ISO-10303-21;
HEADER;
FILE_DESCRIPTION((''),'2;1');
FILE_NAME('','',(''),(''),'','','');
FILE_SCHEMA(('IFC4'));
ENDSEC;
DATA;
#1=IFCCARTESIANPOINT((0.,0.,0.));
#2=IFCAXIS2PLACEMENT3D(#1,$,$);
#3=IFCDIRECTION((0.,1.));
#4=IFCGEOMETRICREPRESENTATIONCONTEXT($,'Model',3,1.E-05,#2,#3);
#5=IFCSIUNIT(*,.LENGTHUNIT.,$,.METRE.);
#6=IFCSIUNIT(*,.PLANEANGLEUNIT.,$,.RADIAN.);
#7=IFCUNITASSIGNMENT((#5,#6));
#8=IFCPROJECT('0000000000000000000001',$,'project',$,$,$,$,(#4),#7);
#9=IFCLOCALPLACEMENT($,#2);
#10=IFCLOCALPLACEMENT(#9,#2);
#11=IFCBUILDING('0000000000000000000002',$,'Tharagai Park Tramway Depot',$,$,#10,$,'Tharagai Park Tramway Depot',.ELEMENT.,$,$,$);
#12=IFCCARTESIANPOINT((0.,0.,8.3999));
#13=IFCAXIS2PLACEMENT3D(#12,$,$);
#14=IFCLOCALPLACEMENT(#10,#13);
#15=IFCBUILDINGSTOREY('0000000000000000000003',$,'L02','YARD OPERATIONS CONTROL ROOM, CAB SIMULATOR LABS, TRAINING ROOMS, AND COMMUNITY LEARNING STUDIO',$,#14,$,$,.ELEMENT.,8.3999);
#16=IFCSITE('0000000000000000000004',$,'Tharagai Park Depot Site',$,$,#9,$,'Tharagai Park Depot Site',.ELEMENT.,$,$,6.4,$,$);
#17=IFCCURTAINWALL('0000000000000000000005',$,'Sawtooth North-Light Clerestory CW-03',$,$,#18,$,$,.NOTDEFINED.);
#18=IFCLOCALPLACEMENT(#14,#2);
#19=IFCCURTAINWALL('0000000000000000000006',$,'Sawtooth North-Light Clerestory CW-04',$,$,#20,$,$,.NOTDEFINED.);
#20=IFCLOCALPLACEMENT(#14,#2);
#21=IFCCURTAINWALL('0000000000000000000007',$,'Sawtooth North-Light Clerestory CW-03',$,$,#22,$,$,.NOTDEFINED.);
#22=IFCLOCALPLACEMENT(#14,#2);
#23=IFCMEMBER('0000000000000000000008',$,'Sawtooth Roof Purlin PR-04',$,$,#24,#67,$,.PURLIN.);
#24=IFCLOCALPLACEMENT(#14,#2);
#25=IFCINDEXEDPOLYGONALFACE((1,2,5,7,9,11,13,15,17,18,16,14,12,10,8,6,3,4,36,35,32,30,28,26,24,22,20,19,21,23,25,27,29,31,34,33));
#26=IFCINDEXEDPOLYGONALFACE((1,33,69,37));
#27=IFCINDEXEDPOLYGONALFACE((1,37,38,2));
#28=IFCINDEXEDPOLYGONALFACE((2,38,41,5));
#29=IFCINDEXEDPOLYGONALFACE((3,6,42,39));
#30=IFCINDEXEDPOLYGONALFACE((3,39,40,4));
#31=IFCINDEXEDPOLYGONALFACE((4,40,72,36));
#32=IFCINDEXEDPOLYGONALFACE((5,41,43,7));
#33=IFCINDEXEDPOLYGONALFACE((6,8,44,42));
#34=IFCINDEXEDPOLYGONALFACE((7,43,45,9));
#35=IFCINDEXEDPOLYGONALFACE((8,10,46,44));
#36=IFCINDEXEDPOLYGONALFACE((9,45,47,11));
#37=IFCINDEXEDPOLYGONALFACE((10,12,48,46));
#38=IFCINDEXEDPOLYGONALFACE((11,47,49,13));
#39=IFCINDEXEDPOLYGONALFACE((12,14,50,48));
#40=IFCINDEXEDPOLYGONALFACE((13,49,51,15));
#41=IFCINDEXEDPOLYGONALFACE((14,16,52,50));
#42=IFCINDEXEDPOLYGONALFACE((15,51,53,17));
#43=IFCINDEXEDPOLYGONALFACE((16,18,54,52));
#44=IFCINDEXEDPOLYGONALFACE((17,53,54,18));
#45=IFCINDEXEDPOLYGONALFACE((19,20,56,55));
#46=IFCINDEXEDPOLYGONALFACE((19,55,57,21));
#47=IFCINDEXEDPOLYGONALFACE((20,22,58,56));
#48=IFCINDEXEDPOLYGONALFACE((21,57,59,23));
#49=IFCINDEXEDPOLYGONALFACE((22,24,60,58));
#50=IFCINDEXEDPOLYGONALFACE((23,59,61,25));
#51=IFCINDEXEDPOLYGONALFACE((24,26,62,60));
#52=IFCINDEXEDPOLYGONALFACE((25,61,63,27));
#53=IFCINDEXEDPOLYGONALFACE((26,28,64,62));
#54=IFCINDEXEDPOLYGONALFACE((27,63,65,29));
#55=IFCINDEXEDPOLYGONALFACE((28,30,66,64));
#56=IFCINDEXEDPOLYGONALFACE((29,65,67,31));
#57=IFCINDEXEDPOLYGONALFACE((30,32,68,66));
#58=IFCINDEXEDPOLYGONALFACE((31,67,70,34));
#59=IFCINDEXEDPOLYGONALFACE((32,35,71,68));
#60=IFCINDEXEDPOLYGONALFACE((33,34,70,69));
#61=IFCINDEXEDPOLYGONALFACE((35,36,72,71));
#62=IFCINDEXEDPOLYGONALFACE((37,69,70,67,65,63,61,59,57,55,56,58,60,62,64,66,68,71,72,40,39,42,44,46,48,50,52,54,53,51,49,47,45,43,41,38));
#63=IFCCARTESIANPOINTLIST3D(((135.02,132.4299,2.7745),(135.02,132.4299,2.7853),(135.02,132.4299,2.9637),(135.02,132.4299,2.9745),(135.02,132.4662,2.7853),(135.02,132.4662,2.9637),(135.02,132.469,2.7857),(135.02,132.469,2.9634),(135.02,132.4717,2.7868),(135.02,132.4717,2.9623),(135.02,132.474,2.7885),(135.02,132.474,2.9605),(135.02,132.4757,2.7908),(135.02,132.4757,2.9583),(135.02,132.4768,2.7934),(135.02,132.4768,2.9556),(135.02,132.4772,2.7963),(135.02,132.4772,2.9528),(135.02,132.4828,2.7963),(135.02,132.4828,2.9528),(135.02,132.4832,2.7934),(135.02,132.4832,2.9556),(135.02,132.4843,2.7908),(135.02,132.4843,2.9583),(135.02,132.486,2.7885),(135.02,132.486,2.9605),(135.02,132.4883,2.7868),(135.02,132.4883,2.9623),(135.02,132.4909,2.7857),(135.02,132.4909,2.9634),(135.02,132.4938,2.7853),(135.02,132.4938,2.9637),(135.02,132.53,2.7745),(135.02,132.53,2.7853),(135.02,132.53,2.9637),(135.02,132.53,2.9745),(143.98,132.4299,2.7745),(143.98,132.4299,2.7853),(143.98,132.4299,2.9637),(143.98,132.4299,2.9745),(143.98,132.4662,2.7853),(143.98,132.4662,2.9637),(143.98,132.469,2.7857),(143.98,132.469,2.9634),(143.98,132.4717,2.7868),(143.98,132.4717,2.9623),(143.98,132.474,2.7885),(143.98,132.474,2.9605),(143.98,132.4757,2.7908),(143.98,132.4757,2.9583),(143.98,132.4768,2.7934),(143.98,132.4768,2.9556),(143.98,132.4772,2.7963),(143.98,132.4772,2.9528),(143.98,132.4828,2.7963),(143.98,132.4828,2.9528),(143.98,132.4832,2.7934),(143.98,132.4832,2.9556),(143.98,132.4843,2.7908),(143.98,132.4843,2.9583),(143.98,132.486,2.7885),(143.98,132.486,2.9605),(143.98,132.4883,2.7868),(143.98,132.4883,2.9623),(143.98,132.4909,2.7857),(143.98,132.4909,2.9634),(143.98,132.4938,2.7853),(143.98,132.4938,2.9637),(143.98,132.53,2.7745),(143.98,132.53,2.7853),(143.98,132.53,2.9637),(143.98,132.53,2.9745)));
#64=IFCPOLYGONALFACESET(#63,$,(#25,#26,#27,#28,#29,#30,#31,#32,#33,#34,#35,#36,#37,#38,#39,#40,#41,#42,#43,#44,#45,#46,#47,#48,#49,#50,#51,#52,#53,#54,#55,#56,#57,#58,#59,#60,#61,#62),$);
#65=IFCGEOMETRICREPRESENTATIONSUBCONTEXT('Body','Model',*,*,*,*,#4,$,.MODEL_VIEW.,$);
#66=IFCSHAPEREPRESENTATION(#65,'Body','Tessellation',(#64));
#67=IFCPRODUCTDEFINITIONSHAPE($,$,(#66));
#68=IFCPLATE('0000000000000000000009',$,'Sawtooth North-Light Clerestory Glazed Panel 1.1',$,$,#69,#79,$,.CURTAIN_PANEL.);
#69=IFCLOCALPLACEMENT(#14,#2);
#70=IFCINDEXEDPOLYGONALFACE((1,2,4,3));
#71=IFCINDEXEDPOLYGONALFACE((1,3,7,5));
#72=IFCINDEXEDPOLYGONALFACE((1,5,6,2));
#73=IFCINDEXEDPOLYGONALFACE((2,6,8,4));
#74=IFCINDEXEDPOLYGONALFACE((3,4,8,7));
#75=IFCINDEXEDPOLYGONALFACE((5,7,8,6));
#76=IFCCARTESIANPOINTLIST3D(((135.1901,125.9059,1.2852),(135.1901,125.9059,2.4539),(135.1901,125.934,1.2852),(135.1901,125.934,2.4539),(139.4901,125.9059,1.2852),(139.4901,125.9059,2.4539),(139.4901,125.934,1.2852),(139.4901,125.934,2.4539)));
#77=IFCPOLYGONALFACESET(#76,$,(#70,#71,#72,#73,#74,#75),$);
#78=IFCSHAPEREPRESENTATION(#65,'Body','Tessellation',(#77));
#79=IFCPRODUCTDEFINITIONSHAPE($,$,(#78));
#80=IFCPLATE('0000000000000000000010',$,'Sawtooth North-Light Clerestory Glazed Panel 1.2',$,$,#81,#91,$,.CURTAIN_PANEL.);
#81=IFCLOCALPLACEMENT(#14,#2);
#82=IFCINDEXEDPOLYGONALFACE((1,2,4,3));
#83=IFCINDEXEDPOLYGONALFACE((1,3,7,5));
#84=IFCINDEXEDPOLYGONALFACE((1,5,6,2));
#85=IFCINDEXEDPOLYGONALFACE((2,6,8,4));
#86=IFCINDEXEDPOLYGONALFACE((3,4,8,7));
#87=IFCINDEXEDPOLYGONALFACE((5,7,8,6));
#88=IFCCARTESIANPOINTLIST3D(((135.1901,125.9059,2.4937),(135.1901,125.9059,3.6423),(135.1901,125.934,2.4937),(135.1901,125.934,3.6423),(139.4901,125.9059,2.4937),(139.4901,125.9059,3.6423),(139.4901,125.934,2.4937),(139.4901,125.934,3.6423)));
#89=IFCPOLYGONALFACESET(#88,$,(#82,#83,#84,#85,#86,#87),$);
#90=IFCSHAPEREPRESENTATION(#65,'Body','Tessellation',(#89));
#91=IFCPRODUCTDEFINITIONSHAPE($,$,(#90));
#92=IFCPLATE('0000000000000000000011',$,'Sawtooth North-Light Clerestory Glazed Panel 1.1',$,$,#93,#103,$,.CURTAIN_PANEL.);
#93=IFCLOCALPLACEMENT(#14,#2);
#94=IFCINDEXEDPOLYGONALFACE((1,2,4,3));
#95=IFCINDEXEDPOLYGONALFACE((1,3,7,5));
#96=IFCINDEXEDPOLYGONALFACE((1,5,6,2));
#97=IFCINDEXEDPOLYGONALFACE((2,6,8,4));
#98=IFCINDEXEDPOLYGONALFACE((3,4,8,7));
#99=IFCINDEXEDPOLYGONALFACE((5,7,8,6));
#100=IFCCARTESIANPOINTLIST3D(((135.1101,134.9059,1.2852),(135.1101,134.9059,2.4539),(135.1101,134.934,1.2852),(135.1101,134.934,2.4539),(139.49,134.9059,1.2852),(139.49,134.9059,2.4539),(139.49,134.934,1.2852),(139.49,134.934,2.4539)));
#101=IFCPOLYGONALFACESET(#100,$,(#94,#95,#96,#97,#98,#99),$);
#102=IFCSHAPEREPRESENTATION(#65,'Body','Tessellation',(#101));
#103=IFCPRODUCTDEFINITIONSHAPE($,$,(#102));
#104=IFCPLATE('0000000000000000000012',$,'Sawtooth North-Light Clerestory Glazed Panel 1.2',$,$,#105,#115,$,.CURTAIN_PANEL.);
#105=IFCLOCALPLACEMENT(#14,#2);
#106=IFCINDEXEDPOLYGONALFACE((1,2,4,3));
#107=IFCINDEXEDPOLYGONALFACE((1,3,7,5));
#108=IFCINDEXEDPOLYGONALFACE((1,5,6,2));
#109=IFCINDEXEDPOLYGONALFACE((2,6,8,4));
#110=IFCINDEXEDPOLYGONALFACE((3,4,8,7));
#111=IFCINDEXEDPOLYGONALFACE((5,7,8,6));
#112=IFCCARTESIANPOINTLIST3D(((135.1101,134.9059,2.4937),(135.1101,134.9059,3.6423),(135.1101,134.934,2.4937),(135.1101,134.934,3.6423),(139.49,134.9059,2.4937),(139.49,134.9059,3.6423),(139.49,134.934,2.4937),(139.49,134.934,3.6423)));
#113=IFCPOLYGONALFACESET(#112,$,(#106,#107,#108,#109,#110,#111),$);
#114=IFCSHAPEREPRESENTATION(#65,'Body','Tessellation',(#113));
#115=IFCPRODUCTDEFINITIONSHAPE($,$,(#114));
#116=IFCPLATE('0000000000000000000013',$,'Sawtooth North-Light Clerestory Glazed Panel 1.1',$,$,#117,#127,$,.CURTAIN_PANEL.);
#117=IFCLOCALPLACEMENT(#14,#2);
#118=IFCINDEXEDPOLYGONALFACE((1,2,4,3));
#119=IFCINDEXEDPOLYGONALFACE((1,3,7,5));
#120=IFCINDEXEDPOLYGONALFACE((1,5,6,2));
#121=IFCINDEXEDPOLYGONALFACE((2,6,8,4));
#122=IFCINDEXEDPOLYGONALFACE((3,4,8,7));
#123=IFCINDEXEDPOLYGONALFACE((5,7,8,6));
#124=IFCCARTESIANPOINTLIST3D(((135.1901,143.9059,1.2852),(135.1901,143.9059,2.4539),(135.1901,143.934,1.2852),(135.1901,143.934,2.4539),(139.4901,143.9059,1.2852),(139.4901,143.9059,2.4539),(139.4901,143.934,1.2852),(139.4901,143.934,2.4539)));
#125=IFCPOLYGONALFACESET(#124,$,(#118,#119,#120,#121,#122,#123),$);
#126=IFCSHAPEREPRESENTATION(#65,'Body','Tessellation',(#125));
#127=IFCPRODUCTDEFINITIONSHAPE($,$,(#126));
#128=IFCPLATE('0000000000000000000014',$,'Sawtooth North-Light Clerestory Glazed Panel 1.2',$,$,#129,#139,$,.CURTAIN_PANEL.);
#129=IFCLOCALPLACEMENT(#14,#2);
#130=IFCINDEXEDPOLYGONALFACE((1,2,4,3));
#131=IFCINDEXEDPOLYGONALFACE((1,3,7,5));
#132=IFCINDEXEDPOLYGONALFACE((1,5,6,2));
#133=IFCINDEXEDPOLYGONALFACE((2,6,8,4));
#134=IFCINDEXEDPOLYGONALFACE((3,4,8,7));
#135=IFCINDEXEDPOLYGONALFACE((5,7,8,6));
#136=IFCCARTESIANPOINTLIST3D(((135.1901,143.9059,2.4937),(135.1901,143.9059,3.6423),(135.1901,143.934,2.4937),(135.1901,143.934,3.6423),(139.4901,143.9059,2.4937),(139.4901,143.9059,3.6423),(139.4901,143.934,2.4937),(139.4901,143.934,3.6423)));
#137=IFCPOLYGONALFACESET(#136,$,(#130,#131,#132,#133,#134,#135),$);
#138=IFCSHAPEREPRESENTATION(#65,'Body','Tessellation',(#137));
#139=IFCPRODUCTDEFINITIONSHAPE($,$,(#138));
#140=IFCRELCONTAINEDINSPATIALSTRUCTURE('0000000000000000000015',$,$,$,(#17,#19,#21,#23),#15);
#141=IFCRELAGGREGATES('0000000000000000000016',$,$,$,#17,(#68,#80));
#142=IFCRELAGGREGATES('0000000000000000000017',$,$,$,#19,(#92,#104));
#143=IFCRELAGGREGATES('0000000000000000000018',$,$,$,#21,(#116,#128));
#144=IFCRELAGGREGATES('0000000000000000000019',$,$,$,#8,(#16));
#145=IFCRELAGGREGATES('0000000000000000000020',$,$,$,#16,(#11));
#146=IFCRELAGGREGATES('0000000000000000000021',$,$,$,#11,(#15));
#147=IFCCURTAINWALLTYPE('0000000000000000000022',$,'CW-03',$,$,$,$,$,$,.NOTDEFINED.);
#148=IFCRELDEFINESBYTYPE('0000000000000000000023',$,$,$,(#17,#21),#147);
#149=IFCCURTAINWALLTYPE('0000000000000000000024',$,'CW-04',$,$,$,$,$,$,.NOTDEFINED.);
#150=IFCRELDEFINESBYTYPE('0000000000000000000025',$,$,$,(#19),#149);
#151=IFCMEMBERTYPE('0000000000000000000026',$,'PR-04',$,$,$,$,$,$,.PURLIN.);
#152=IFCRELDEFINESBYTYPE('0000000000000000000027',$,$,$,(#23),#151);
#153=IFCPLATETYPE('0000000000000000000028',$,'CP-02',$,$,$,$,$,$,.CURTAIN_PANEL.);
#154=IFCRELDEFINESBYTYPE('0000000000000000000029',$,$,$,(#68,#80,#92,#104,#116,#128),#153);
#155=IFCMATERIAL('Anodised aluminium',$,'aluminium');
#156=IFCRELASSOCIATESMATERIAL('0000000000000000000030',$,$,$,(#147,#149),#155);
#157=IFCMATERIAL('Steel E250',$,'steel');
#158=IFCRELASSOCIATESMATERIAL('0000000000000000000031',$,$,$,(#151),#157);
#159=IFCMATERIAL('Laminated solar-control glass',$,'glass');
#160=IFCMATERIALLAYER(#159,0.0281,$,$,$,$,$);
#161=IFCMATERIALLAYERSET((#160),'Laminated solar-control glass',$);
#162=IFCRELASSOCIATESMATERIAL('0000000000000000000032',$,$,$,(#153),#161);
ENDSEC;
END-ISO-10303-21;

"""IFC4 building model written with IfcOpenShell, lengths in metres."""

from ifc_helpers import new_model, si_unit, direction, frame, origin, origin_2d, place, context, subcontext, project, spatial, rectangle, i_section, extrude, material, layer, layer_set, material_profile, profile_set, type_object, element, aggregate, save


model = new_model("IFC4")

# Units and contexts
model_context = context("Model", 3, precision=1e-05, world=origin(), true_north=direction((0.0, 1.0)))
body_context = subcontext(model_context, "Body", "Model", "MODEL_VIEW")
ifc_project = project(units=[si_unit("LENGTHUNIT", "METRE"), si_unit("PLANEANGLEUNIT", "RADIAN")], contexts=[model_context])

# Site, building, storey
site_placement = place(None, origin())
site = spatial("IfcSite", under=ifc_project, at=site_placement, Name="Tharagai Park Depot Site", LongName="Tharagai Park Depot Site", CompositionType="ELEMENT", RefElevation=6.4)
building_placement = place(site_placement, origin())
building = spatial("IfcBuilding", under=site, at=building_placement, Name="Tharagai Park Tramway Depot", LongName="Tharagai Park Tramway Depot", CompositionType="ELEMENT")
storey_placement = place(building_placement, frame((0.0, 0.0, 8.3999)))
storey = spatial("IfcBuildingStorey", under=building, at=storey_placement, Name="L02", Description="YARD OPERATIONS CONTROL ROOM, CAB SIMULATOR LABS, TRAINING ROOMS, AND COMMUNITY LEARNING STUDIO", CompositionType="ELEMENT", Elevation=8.3999)

# Curtain walls
ifc_material_1 = material(Name="Anodised aluminium", Category="aluminium")
curtain_wall_type_1 = type_object("IfcCurtainWallType", Name="CW-03", PredefinedType="NOTDEFINED", material=ifc_material_1)
curtain_wall_1_placement = place(storey_placement, origin())
curtain_wall_1 = element("IfcCurtainWall", 1, at=curtain_wall_1_placement, inside=storey, type_object=curtain_wall_type_1, Name="Sawtooth North-Light Clerestory CW-03", PredefinedType="NOTDEFINED")
curtain_wall_type_2 = type_object("IfcCurtainWallType", Name="CW-04", PredefinedType="NOTDEFINED", material=ifc_material_1)
curtain_wall_2_placement = place(storey_placement, origin())
curtain_wall_2 = element("IfcCurtainWall", 2, at=curtain_wall_2_placement, inside=storey, type_object=curtain_wall_type_2, Name="Sawtooth North-Light Clerestory CW-04", PredefinedType="NOTDEFINED")
curtain_wall_3_placement = place(storey_placement, origin())
curtain_wall_3 = element("IfcCurtainWall", 3, at=curtain_wall_3_placement, inside=storey, type_object=curtain_wall_type_1, Name="Sawtooth North-Light Clerestory CW-03", PredefinedType="NOTDEFINED")

# Member
ifc_material_2 = material(Name="Steel E250", Category="steel")
ifc_material_profile_1 = material_profile(ifc_material_2, i_section(OverallWidth=0.1001, OverallDepth=0.2, WebThickness=0.0056, FlangeThickness=0.0107, FilletRadius=0.011, at=origin_2d()), Name="ISMB 200")
ifc_profile_set_1 = profile_set([ifc_material_profile_1], Name="Steel E250")
member_type_1 = type_object("IfcMemberType", Name="PR-04", PredefinedType="PURLIN", material=ifc_profile_set_1)
for number, where, z_axis, x_axis, name in (
    (4, (135.02, 132.48, 2.8745), (1.0, 0.0, 0.0), (0.0, 1.0, 0.0), "Sawtooth Roof Purlin PR-04"),
):
    element("IfcMember", number, at=place(storey_placement, frame(where, z_axis=z_axis, x_axis=x_axis)), inside=storey, type_object=member_type_1, Name=name, PredefinedType="PURLIN", context=body_context, shape_type="SweptSolid", body=[
        extrude(i_section(OverallWidth=0.1001, OverallDepth=0.2, WebThickness=0.0056, FlangeThickness=0.0107, FilletRadius=0.011, at=origin_2d()), origin(), (0.0, 0.0, 1.0), 8.96),
    ])

# Plates
ifc_material_3 = material(Name="Laminated solar-control glass", Category="glass")
ifc_layer = layer(ifc_material_3, 0.0281)
ifc_layer_set = layer_set([ifc_layer], Name="Laminated solar-control glass")
plate_type = type_object("IfcPlateType", Name="CP-02", PredefinedType="CURTAIN_PANEL", material=ifc_layer_set)
plate_1_placement = place(storey_placement, frame((137.3401, 125.9199, 1.2852), z_axis=(0.0, 0.0, 1.0), x_axis=(1.0, 0.0, 0.0)))
plate_1 = element("IfcPlate", 5, at=plate_1_placement, type_object=plate_type, Name="Sawtooth North-Light Clerestory Glazed Panel 1.1", PredefinedType="CURTAIN_PANEL", context=body_context, shape_type="SweptSolid", body=[
    extrude(rectangle(XDim=4.3, YDim=0.0281, at=origin_2d()), origin(), (0.0, 0.0, 1.0), 1.1687),
])
plate_2_placement = place(storey_placement, frame((137.3401, 125.9199, 2.4937), z_axis=(0.0, 0.0, 1.0), x_axis=(1.0, 0.0, 0.0)))
plate_2 = element("IfcPlate", 6, at=plate_2_placement, type_object=plate_type, Name="Sawtooth North-Light Clerestory Glazed Panel 1.2", PredefinedType="CURTAIN_PANEL", context=body_context, shape_type="SweptSolid", body=[
    extrude(rectangle(XDim=4.3, YDim=0.0281, at=origin_2d()), origin(), (0.0, 0.0, 1.0), 1.1487),
])
aggregate(curtain_wall_1, [plate_1, plate_2])
plate_3_placement = place(storey_placement, frame((137.3, 134.9199, 1.2852), z_axis=(0.0, 0.0, 1.0), x_axis=(1.0, 0.0, 0.0)))
plate_3 = element("IfcPlate", 7, at=plate_3_placement, type_object=plate_type, Name="Sawtooth North-Light Clerestory Glazed Panel 1.1", PredefinedType="CURTAIN_PANEL", context=body_context, shape_type="SweptSolid", body=[
    extrude(rectangle(XDim=4.3799, YDim=0.0281, at=origin_2d()), origin(), (0.0, 0.0, 1.0), 1.1687),
])
plate_4_placement = place(storey_placement, frame((137.3, 134.9199, 2.4937), z_axis=(0.0, 0.0, 1.0), x_axis=(1.0, 0.0, 0.0)))
plate_4 = element("IfcPlate", 8, at=plate_4_placement, type_object=plate_type, Name="Sawtooth North-Light Clerestory Glazed Panel 1.2", PredefinedType="CURTAIN_PANEL", context=body_context, shape_type="SweptSolid", body=[
    extrude(rectangle(XDim=4.3799, YDim=0.0281, at=origin_2d()), origin(), (0.0, 0.0, 1.0), 1.1487),
])
aggregate(curtain_wall_2, [plate_3, plate_4])
plate_5_placement = place(storey_placement, frame((137.3401, 143.9199, 1.2852), z_axis=(0.0, 0.0, 1.0), x_axis=(1.0, 0.0, 0.0)))
plate_5 = element("IfcPlate", 9, at=plate_5_placement, type_object=plate_type, Name="Sawtooth North-Light Clerestory Glazed Panel 1.1", PredefinedType="CURTAIN_PANEL", context=body_context, shape_type="SweptSolid", body=[
    extrude(rectangle(XDim=4.3, YDim=0.0281, at=origin_2d()), origin(), (0.0, 0.0, 1.0), 1.1687),
])
plate_6_placement = place(storey_placement, frame((137.3401, 143.9199, 2.4937), z_axis=(0.0, 0.0, 1.0), x_axis=(1.0, 0.0, 0.0)))
plate_6 = element("IfcPlate", 10, at=plate_6_placement, type_object=plate_type, Name="Sawtooth North-Light Clerestory Glazed Panel 1.2", PredefinedType="CURTAIN_PANEL", context=body_context, shape_type="SweptSolid", body=[
    extrude(rectangle(XDim=4.3, YDim=0.0281, at=origin_2d()), origin(), (0.0, 0.0, 1.0), 1.1487),
])
aggregate(curtain_wall_3, [plate_5, plate_6])

save(model, "model.ifc")
